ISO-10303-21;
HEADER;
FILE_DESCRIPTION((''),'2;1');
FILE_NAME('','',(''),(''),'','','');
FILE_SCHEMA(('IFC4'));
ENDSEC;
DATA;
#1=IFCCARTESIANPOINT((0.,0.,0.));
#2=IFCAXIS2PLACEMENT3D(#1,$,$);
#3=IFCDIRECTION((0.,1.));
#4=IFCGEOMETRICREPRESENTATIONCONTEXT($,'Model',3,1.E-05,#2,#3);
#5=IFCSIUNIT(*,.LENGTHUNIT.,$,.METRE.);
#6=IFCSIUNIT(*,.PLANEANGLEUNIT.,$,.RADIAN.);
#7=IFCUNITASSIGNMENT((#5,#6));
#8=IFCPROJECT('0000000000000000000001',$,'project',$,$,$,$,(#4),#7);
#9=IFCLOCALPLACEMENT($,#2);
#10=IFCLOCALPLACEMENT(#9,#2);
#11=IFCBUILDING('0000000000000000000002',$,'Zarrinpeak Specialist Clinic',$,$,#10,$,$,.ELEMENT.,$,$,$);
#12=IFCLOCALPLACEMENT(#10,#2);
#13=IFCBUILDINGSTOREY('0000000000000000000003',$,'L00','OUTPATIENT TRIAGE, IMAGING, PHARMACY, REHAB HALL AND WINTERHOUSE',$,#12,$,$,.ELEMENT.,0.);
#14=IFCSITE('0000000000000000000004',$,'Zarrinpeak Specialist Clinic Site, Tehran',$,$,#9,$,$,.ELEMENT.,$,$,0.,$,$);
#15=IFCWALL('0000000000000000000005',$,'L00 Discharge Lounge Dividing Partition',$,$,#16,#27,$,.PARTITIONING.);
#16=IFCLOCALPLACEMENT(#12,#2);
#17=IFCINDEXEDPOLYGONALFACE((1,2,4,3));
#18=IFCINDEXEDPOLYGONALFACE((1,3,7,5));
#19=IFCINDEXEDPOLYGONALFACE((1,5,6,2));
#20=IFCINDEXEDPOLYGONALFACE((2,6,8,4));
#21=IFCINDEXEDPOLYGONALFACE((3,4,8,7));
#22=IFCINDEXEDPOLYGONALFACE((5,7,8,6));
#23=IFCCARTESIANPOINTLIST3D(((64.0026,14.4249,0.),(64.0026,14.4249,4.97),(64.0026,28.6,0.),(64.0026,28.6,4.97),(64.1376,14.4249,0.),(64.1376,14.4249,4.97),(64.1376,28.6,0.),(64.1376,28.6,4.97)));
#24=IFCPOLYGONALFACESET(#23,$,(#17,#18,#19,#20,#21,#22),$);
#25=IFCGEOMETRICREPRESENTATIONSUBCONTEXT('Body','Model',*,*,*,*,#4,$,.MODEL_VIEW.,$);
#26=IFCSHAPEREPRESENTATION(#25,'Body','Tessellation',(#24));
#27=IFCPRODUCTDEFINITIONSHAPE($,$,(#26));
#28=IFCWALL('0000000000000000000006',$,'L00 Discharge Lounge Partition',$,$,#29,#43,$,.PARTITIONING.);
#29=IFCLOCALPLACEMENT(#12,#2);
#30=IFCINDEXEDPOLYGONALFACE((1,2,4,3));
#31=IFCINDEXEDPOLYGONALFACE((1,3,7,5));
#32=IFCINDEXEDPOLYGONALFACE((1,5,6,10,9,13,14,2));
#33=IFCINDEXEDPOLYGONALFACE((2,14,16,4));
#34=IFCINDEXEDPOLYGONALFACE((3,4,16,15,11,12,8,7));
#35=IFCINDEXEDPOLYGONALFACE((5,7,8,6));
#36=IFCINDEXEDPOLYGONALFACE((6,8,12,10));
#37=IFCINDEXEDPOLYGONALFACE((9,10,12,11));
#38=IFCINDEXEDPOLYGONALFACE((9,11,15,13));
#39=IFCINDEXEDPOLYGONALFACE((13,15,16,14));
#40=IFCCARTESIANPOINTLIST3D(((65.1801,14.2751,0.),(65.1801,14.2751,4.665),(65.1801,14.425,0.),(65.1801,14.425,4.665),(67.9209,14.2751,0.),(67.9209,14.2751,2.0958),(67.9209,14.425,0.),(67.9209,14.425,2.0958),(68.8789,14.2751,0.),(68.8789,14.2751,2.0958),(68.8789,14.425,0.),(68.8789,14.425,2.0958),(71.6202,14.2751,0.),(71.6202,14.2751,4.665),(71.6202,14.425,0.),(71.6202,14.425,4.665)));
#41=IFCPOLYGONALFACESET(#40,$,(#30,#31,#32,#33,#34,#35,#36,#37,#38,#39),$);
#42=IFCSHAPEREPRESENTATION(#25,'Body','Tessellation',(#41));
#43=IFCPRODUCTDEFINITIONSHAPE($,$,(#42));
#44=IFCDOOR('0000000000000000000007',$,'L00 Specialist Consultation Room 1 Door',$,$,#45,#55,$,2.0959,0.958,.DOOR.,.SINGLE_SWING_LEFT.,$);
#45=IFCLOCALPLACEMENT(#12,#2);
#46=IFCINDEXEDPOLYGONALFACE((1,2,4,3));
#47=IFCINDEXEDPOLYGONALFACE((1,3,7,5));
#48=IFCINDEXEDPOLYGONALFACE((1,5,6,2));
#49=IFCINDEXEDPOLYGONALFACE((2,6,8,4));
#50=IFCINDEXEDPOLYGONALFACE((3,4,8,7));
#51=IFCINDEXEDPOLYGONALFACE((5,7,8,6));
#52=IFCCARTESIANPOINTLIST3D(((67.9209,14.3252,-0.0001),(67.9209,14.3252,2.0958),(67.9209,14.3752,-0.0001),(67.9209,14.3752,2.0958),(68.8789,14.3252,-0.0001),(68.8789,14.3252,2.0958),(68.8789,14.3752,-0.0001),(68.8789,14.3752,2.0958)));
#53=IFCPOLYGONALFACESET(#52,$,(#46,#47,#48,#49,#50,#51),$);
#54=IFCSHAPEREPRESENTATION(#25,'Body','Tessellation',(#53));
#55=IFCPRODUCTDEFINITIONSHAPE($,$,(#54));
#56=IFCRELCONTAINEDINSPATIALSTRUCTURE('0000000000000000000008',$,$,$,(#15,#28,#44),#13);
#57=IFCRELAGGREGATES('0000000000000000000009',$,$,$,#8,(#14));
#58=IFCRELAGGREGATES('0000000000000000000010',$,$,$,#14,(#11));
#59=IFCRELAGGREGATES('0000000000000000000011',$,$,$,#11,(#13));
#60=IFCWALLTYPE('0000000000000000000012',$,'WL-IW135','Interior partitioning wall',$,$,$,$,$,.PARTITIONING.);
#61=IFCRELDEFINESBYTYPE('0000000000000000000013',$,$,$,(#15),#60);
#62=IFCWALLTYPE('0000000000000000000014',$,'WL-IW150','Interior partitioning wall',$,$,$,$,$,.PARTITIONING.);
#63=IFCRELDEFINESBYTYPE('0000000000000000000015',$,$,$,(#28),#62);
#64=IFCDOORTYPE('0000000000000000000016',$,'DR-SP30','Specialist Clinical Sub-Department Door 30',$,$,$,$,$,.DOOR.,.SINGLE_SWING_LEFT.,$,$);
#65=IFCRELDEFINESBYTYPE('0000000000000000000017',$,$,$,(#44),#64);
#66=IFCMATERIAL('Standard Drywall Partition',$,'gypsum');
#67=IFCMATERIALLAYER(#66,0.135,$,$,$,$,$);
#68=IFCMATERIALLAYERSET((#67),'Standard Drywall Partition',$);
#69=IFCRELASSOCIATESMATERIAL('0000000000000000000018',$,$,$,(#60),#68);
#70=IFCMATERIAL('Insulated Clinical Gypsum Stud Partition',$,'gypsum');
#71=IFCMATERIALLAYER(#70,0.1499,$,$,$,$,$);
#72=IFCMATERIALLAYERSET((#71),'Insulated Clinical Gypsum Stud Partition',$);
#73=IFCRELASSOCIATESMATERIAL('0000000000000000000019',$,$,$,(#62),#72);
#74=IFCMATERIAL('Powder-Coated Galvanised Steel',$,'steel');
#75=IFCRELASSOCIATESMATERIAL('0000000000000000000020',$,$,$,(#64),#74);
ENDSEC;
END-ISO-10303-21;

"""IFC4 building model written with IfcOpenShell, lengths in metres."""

from ifc_helpers import new_model, si_unit, direction, frame, frame_2d, origin, place, context, subcontext, project, spatial, rectangle, extrude, material, layer, layer_set, type_object, element, fill, save


model = new_model("IFC4")

# Units and contexts
model_context = context("Model", 3, precision=1e-05, world=origin(), true_north=direction((0.0, 1.0)))
body_context = subcontext(model_context, "Body", "Model", "MODEL_VIEW")
ifc_project = project(units=[si_unit("LENGTHUNIT", "METRE"), si_unit("PLANEANGLEUNIT", "RADIAN")], contexts=[model_context])

# Site, building, storey
site_placement = place(None, origin())
site = spatial("IfcSite", under=ifc_project, at=site_placement, Name="Zarrinpeak Specialist Clinic Site, Tehran", CompositionType="ELEMENT", RefElevation=0.0)
building_placement = place(site_placement, origin())
building = spatial("IfcBuilding", under=site, at=building_placement, Name="Zarrinpeak Specialist Clinic", CompositionType="ELEMENT")
storey_placement = place(building_placement, origin())
storey = spatial("IfcBuildingStorey", under=building, at=storey_placement, Name="L00", Description="OUTPATIENT TRIAGE, IMAGING, PHARMACY, REHAB HALL AND WINTERHOUSE", CompositionType="ELEMENT", Elevation=0.0)

# Wall
ifc_material_1 = material(Name="Standard Drywall Partition", Category="gypsum")
ifc_layer_1 = layer(ifc_material_1, 0.135)
ifc_layer_set_1 = layer_set([ifc_layer_1], Name="Standard Drywall Partition")
wall_type_1 = type_object("IfcWallType", Name="WL-IW135", Description="Interior partitioning wall", PredefinedType="PARTITIONING", material=ifc_layer_set_1)
wall_1_placement = place(storey_placement, frame((64.0701, 14.425, 0.0), z_axis=(0.0, 0.0, 1.0), x_axis=(0.0, 1.0, 0.0)))
element("IfcWall", 1, at=wall_1_placement, inside=storey, type_object=wall_type_1, Name="L00 Discharge Lounge Dividing Partition", PredefinedType="PARTITIONING", context=body_context, shape_type="SweptSolid", body=[
    extrude(rectangle(XDim=14.175, YDim=0.135, at=frame_2d((7.0874, 0.0))), origin(), (0.0, 0.0, 1.0), 4.97),
])

# Wall, opening, door
ifc_material_2 = material(Name="Insulated Clinical Gypsum Stud Partition", Category="gypsum")
ifc_layer_2 = layer(ifc_material_2, 0.1499)
ifc_layer_set_2 = layer_set([ifc_layer_2], Name="Insulated Clinical Gypsum Stud Partition")
wall_type_2 = type_object("IfcWallType", Name="WL-IW150", Description="Interior partitioning wall", PredefinedType="PARTITIONING", material=ifc_layer_set_2)
wall_2_placement = place(storey_placement, frame((65.1799, 14.3501, 0.0), z_axis=(0.0, 0.0, 1.0), x_axis=(1.0, 0.0, 0.0)))
wall_2 = element("IfcWall", 2, at=wall_2_placement, inside=storey, type_object=wall_type_2, Name="L00 Discharge Lounge Partition", PredefinedType="PARTITIONING", context=body_context, shape_type="SweptSolid", body=[
    extrude(rectangle(XDim=6.4402, YDim=0.1499, at=frame_2d((3.2202, 0.0))), origin(), (0.0, 0.0, 1.0), 4.665),
])
opening_1_placement = place(wall_2_placement, frame((2.741, 0.0, 0.0)))
opening_1 = element("IfcOpeningElement", 3, at=opening_1_placement, cuts=wall_2, PredefinedType="OPENING", context=body_context, shape_type="SweptSolid", body=[
    extrude(rectangle(XDim=0.958, YDim=2.0959, at=frame_2d((0.479, 1.0479))), frame((0.0, 0.085, 0.0), z_axis=(0.0, -1.0, 0.0), x_axis=(1.0, 0.0, 0.0)), (0.0, 0.0, 1.0), 0.1699),
])
ifc_material_3 = material(Name="Powder-Coated Galvanised Steel", Category="steel")
door_type = type_object("IfcDoorType", Name="DR-SP30", Description="Specialist Clinical Sub-Department Door 30", OperationType="SINGLE_SWING_LEFT", PredefinedType="DOOR", material=ifc_material_3)
door_placement = place(opening_1_placement, frame((0.958, 0.0, 0.0), z_axis=(0.0, 0.0, 1.0), x_axis=(-1.0, 0.0, 0.0)))
door = element("IfcDoor", 4, at=door_placement, inside=storey, type_object=door_type, Name="L00 Specialist Consultation Room 1 Door", OperationType="SINGLE_SWING_LEFT", OverallHeight=2.0959, OverallWidth=0.958, PredefinedType="DOOR", context=body_context, shape_type="SweptSolid", body=[
    extrude(rectangle(XDim=0.958, YDim=2.0959, at=frame_2d((0.479, 1.0479))), frame((0.0, 0.0249, 0.0), z_axis=(0.0, -1.0, 0.0), x_axis=(1.0, 0.0, 0.0)), (0.0, 0.0, 1.0), 0.05),
])
fill(opening_1, door)

save(model, "model.ifc")
